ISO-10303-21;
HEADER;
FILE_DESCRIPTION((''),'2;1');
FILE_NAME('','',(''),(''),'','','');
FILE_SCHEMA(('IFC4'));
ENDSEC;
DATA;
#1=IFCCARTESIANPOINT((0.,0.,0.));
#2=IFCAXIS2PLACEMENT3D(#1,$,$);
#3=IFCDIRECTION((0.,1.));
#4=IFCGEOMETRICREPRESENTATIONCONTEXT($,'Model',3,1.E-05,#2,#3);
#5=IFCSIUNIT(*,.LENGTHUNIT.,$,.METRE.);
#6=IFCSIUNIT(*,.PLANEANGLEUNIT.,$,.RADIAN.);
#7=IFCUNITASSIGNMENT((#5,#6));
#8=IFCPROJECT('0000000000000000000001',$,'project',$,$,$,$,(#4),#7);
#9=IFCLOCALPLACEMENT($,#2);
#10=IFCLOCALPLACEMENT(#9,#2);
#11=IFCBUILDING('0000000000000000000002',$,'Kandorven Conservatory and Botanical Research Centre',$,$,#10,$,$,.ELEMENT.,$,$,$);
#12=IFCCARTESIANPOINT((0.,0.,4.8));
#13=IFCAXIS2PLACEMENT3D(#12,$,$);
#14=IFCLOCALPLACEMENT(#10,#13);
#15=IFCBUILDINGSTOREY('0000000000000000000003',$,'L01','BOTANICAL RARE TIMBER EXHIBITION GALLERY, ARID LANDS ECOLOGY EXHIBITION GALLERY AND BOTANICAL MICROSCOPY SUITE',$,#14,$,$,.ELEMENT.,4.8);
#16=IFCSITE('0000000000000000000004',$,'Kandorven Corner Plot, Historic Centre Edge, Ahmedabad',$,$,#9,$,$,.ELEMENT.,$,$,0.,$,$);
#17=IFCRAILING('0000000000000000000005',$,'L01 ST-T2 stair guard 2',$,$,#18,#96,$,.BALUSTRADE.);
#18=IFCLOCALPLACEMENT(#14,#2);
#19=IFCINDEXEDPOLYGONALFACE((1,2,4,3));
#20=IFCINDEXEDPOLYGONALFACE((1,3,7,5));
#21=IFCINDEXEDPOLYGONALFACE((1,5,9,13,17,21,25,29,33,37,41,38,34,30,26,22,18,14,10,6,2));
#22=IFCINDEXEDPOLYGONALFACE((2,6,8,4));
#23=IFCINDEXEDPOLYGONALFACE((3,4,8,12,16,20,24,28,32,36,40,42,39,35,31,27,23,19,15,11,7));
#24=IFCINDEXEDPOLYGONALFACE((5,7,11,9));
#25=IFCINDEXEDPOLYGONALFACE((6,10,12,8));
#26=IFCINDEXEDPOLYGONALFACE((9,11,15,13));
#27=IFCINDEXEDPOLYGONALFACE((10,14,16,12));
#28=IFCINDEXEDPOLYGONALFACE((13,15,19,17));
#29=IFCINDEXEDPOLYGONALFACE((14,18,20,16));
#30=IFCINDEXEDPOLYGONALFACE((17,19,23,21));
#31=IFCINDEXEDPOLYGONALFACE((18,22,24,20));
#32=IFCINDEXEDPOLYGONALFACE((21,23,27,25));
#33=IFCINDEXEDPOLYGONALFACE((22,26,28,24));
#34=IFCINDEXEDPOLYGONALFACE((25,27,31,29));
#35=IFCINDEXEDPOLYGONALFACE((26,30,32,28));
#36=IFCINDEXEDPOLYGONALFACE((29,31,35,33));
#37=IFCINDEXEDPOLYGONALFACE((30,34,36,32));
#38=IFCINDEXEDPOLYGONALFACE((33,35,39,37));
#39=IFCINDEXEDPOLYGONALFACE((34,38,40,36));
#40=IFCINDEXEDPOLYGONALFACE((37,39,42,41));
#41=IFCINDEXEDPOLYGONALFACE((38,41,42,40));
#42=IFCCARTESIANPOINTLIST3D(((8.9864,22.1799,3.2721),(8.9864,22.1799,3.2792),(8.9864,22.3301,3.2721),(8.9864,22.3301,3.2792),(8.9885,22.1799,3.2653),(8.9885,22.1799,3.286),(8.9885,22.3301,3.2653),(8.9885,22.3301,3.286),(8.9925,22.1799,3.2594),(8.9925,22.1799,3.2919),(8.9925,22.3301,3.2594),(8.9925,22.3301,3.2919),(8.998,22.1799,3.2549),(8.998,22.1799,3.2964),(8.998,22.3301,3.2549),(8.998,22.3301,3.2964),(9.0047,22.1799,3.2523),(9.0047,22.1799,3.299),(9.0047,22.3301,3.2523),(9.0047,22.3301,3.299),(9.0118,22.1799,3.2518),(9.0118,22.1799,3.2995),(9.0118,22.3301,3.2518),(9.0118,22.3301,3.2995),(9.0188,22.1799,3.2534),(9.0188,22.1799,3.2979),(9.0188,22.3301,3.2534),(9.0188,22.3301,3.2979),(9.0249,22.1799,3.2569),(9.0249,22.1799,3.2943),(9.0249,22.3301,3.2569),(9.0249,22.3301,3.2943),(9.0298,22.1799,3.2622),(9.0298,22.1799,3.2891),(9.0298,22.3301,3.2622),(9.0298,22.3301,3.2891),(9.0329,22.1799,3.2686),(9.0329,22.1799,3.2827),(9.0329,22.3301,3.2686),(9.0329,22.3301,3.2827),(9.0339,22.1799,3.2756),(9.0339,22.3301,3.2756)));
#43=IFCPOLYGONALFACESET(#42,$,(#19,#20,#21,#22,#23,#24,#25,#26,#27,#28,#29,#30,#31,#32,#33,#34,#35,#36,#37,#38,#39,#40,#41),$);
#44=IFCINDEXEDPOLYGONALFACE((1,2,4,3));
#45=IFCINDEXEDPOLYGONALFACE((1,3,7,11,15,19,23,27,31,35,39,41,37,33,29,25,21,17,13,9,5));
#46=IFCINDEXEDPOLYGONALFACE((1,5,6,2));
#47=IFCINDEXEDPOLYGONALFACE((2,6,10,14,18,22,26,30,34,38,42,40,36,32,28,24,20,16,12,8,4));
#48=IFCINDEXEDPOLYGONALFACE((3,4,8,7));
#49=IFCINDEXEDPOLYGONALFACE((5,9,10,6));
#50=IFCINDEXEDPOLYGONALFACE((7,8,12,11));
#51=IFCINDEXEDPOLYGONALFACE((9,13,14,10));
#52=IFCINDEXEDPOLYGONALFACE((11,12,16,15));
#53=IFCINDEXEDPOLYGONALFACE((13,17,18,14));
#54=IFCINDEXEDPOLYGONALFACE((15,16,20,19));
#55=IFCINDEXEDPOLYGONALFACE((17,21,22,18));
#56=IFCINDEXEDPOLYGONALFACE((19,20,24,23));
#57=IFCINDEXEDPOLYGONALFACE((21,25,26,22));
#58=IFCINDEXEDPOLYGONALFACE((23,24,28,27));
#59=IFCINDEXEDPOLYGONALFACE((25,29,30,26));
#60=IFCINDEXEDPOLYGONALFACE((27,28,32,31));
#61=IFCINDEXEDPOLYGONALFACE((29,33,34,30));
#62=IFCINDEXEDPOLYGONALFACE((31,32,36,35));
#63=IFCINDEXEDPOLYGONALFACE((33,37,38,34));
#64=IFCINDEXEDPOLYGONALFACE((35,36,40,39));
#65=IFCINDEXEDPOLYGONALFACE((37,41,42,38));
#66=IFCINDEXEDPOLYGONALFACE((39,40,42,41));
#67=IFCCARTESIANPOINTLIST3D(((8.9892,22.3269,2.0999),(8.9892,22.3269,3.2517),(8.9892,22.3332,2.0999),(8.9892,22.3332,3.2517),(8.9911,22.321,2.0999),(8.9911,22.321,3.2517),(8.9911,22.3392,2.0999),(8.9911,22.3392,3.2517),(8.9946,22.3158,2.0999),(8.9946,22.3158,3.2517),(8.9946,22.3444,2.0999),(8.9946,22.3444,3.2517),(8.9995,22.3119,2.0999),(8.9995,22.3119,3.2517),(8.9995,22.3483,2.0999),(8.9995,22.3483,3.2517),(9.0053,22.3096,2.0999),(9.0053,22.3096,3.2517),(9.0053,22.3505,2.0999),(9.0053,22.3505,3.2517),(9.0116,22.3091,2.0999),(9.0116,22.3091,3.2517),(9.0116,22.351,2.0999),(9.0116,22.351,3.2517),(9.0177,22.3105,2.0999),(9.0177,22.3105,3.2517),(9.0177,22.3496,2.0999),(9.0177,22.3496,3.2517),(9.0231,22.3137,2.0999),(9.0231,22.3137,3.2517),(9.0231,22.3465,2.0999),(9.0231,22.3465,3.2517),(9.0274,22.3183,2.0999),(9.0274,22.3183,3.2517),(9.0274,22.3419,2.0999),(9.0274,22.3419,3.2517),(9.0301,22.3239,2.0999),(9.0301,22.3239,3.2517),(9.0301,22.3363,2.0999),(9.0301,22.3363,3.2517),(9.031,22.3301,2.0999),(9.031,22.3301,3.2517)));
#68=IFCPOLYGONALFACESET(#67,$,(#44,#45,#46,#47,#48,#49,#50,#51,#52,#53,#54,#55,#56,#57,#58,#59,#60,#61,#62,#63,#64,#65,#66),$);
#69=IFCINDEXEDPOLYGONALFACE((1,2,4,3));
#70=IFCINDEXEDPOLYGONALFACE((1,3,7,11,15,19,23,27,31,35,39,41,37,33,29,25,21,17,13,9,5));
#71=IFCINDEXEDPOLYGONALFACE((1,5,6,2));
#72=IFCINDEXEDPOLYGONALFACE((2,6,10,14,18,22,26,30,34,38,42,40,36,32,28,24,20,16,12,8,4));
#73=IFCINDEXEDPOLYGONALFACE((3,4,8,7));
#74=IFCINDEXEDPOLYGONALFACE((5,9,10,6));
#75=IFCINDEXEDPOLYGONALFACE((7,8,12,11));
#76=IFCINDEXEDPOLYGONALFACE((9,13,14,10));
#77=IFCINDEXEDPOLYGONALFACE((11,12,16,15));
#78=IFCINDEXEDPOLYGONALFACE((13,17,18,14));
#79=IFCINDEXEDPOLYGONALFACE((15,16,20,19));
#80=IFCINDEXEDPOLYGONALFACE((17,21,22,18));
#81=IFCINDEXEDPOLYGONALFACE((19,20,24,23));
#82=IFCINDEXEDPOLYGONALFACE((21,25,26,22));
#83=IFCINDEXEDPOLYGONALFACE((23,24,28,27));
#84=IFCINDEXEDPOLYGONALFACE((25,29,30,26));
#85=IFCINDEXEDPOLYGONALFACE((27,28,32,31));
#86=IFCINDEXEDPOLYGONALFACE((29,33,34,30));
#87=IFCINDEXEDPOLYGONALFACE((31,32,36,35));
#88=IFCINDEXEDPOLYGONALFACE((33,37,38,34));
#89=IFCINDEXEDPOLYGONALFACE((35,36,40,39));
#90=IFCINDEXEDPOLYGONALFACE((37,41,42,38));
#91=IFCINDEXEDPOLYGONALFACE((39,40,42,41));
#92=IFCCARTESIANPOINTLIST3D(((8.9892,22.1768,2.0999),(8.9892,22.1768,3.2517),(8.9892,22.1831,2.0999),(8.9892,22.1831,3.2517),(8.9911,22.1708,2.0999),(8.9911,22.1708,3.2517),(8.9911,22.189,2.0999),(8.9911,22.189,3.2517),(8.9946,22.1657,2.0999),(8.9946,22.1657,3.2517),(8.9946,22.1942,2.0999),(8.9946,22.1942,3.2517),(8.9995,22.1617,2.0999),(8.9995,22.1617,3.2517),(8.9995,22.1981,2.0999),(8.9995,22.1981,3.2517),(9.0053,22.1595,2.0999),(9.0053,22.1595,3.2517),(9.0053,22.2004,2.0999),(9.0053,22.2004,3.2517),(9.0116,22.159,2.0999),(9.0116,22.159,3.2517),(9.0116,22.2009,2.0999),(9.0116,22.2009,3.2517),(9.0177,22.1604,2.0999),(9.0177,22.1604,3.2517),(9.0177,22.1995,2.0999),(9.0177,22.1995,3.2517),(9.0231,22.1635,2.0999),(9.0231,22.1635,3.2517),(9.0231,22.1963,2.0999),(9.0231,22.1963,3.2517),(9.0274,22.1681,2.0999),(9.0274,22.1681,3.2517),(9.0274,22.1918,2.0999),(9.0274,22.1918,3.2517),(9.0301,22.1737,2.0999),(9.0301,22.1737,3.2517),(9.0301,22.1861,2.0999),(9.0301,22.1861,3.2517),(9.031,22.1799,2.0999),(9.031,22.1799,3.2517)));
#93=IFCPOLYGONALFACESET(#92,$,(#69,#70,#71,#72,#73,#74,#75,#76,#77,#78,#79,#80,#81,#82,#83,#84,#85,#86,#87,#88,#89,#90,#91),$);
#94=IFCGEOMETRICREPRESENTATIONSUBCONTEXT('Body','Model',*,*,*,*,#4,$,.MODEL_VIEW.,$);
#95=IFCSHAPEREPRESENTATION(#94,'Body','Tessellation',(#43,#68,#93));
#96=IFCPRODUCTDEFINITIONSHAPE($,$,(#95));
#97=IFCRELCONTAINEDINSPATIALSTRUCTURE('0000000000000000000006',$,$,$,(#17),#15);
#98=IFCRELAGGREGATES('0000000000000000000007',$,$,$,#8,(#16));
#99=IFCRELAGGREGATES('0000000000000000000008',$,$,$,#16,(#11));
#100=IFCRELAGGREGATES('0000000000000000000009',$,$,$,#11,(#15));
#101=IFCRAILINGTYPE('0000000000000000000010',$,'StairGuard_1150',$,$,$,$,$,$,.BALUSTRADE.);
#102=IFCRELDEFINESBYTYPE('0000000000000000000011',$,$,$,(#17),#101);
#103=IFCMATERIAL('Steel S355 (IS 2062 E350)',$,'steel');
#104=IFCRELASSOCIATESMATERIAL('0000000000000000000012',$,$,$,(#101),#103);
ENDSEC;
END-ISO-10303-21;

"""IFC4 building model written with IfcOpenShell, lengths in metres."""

from ifc_helpers import new_model, si_unit, direction, frame, origin, origin_2d, place, context, subcontext, project, spatial, circle, extrude, material, type_object, element, save


model = new_model("IFC4")

# Units and contexts
model_context = context("Model", 3, precision=1e-05, world=origin(), true_north=direction((0.0, 1.0)))
body_context = subcontext(model_context, "Body", "Model", "MODEL_VIEW")
ifc_project = project(units=[si_unit("LENGTHUNIT", "METRE"), si_unit("PLANEANGLEUNIT", "RADIAN")], contexts=[model_context])

# Site, building, storey
site_placement = place(None, origin())
site = spatial("IfcSite", under=ifc_project, at=site_placement, Name="Kandorven Corner Plot, Historic Centre Edge, Ahmedabad", CompositionType="ELEMENT", RefElevation=0.0)
building_placement = place(site_placement, origin())
building = spatial("IfcBuilding", under=site, at=building_placement, Name="Kandorven Conservatory and Botanical Research Centre", CompositionType="ELEMENT")
storey_placement = place(building_placement, frame((0.0, 0.0, 4.8)))
storey = spatial("IfcBuildingStorey", under=building, at=storey_placement, Name="L01", Description="BOTANICAL RARE TIMBER EXHIBITION GALLERY, ARID LANDS ECOLOGY EXHIBITION GALLERY AND BOTANICAL MICROSCOPY SUITE", CompositionType="ELEMENT", Elevation=4.8)

# Railing
ifc_material_1 = material(Name="Steel S355 (IS 2062 E350)", Category="steel")
railing_type_1 = type_object("IfcRailingType", Name="StairGuard_1150", PredefinedType="BALUSTRADE", material=ifc_material_1)
railing_1_placement = place(storey_placement, frame((9.01, 22.3301, 2.0999)))
element("IfcRailing", 1, at=railing_1_placement, inside=storey, type_object=railing_type_1, Name="L01 ST-T2 stair guard 2", PredefinedType="BALUSTRADE", context=body_context, shape_type="SweptSolid", body=[
    extrude(circle(Radius=0.0239, at=origin_2d()), frame((0.0, 0.0, 1.1758), z_axis=(0.0, -1.0, 0.0), x_axis=(1.0, 0.0, 0.0)), (0.0, 0.0, 1.0), 0.1501),
    extrude(circle(Radius=0.021, at=origin_2d()), origin(), (0.0, 0.0, 1.0), 1.1519),
    extrude(circle(Radius=0.021, at=origin_2d()), frame((0.0, -0.1501, 0.0)), (0.0, 0.0, 1.0), 1.1519),
])

save(model, "model.ifc")
